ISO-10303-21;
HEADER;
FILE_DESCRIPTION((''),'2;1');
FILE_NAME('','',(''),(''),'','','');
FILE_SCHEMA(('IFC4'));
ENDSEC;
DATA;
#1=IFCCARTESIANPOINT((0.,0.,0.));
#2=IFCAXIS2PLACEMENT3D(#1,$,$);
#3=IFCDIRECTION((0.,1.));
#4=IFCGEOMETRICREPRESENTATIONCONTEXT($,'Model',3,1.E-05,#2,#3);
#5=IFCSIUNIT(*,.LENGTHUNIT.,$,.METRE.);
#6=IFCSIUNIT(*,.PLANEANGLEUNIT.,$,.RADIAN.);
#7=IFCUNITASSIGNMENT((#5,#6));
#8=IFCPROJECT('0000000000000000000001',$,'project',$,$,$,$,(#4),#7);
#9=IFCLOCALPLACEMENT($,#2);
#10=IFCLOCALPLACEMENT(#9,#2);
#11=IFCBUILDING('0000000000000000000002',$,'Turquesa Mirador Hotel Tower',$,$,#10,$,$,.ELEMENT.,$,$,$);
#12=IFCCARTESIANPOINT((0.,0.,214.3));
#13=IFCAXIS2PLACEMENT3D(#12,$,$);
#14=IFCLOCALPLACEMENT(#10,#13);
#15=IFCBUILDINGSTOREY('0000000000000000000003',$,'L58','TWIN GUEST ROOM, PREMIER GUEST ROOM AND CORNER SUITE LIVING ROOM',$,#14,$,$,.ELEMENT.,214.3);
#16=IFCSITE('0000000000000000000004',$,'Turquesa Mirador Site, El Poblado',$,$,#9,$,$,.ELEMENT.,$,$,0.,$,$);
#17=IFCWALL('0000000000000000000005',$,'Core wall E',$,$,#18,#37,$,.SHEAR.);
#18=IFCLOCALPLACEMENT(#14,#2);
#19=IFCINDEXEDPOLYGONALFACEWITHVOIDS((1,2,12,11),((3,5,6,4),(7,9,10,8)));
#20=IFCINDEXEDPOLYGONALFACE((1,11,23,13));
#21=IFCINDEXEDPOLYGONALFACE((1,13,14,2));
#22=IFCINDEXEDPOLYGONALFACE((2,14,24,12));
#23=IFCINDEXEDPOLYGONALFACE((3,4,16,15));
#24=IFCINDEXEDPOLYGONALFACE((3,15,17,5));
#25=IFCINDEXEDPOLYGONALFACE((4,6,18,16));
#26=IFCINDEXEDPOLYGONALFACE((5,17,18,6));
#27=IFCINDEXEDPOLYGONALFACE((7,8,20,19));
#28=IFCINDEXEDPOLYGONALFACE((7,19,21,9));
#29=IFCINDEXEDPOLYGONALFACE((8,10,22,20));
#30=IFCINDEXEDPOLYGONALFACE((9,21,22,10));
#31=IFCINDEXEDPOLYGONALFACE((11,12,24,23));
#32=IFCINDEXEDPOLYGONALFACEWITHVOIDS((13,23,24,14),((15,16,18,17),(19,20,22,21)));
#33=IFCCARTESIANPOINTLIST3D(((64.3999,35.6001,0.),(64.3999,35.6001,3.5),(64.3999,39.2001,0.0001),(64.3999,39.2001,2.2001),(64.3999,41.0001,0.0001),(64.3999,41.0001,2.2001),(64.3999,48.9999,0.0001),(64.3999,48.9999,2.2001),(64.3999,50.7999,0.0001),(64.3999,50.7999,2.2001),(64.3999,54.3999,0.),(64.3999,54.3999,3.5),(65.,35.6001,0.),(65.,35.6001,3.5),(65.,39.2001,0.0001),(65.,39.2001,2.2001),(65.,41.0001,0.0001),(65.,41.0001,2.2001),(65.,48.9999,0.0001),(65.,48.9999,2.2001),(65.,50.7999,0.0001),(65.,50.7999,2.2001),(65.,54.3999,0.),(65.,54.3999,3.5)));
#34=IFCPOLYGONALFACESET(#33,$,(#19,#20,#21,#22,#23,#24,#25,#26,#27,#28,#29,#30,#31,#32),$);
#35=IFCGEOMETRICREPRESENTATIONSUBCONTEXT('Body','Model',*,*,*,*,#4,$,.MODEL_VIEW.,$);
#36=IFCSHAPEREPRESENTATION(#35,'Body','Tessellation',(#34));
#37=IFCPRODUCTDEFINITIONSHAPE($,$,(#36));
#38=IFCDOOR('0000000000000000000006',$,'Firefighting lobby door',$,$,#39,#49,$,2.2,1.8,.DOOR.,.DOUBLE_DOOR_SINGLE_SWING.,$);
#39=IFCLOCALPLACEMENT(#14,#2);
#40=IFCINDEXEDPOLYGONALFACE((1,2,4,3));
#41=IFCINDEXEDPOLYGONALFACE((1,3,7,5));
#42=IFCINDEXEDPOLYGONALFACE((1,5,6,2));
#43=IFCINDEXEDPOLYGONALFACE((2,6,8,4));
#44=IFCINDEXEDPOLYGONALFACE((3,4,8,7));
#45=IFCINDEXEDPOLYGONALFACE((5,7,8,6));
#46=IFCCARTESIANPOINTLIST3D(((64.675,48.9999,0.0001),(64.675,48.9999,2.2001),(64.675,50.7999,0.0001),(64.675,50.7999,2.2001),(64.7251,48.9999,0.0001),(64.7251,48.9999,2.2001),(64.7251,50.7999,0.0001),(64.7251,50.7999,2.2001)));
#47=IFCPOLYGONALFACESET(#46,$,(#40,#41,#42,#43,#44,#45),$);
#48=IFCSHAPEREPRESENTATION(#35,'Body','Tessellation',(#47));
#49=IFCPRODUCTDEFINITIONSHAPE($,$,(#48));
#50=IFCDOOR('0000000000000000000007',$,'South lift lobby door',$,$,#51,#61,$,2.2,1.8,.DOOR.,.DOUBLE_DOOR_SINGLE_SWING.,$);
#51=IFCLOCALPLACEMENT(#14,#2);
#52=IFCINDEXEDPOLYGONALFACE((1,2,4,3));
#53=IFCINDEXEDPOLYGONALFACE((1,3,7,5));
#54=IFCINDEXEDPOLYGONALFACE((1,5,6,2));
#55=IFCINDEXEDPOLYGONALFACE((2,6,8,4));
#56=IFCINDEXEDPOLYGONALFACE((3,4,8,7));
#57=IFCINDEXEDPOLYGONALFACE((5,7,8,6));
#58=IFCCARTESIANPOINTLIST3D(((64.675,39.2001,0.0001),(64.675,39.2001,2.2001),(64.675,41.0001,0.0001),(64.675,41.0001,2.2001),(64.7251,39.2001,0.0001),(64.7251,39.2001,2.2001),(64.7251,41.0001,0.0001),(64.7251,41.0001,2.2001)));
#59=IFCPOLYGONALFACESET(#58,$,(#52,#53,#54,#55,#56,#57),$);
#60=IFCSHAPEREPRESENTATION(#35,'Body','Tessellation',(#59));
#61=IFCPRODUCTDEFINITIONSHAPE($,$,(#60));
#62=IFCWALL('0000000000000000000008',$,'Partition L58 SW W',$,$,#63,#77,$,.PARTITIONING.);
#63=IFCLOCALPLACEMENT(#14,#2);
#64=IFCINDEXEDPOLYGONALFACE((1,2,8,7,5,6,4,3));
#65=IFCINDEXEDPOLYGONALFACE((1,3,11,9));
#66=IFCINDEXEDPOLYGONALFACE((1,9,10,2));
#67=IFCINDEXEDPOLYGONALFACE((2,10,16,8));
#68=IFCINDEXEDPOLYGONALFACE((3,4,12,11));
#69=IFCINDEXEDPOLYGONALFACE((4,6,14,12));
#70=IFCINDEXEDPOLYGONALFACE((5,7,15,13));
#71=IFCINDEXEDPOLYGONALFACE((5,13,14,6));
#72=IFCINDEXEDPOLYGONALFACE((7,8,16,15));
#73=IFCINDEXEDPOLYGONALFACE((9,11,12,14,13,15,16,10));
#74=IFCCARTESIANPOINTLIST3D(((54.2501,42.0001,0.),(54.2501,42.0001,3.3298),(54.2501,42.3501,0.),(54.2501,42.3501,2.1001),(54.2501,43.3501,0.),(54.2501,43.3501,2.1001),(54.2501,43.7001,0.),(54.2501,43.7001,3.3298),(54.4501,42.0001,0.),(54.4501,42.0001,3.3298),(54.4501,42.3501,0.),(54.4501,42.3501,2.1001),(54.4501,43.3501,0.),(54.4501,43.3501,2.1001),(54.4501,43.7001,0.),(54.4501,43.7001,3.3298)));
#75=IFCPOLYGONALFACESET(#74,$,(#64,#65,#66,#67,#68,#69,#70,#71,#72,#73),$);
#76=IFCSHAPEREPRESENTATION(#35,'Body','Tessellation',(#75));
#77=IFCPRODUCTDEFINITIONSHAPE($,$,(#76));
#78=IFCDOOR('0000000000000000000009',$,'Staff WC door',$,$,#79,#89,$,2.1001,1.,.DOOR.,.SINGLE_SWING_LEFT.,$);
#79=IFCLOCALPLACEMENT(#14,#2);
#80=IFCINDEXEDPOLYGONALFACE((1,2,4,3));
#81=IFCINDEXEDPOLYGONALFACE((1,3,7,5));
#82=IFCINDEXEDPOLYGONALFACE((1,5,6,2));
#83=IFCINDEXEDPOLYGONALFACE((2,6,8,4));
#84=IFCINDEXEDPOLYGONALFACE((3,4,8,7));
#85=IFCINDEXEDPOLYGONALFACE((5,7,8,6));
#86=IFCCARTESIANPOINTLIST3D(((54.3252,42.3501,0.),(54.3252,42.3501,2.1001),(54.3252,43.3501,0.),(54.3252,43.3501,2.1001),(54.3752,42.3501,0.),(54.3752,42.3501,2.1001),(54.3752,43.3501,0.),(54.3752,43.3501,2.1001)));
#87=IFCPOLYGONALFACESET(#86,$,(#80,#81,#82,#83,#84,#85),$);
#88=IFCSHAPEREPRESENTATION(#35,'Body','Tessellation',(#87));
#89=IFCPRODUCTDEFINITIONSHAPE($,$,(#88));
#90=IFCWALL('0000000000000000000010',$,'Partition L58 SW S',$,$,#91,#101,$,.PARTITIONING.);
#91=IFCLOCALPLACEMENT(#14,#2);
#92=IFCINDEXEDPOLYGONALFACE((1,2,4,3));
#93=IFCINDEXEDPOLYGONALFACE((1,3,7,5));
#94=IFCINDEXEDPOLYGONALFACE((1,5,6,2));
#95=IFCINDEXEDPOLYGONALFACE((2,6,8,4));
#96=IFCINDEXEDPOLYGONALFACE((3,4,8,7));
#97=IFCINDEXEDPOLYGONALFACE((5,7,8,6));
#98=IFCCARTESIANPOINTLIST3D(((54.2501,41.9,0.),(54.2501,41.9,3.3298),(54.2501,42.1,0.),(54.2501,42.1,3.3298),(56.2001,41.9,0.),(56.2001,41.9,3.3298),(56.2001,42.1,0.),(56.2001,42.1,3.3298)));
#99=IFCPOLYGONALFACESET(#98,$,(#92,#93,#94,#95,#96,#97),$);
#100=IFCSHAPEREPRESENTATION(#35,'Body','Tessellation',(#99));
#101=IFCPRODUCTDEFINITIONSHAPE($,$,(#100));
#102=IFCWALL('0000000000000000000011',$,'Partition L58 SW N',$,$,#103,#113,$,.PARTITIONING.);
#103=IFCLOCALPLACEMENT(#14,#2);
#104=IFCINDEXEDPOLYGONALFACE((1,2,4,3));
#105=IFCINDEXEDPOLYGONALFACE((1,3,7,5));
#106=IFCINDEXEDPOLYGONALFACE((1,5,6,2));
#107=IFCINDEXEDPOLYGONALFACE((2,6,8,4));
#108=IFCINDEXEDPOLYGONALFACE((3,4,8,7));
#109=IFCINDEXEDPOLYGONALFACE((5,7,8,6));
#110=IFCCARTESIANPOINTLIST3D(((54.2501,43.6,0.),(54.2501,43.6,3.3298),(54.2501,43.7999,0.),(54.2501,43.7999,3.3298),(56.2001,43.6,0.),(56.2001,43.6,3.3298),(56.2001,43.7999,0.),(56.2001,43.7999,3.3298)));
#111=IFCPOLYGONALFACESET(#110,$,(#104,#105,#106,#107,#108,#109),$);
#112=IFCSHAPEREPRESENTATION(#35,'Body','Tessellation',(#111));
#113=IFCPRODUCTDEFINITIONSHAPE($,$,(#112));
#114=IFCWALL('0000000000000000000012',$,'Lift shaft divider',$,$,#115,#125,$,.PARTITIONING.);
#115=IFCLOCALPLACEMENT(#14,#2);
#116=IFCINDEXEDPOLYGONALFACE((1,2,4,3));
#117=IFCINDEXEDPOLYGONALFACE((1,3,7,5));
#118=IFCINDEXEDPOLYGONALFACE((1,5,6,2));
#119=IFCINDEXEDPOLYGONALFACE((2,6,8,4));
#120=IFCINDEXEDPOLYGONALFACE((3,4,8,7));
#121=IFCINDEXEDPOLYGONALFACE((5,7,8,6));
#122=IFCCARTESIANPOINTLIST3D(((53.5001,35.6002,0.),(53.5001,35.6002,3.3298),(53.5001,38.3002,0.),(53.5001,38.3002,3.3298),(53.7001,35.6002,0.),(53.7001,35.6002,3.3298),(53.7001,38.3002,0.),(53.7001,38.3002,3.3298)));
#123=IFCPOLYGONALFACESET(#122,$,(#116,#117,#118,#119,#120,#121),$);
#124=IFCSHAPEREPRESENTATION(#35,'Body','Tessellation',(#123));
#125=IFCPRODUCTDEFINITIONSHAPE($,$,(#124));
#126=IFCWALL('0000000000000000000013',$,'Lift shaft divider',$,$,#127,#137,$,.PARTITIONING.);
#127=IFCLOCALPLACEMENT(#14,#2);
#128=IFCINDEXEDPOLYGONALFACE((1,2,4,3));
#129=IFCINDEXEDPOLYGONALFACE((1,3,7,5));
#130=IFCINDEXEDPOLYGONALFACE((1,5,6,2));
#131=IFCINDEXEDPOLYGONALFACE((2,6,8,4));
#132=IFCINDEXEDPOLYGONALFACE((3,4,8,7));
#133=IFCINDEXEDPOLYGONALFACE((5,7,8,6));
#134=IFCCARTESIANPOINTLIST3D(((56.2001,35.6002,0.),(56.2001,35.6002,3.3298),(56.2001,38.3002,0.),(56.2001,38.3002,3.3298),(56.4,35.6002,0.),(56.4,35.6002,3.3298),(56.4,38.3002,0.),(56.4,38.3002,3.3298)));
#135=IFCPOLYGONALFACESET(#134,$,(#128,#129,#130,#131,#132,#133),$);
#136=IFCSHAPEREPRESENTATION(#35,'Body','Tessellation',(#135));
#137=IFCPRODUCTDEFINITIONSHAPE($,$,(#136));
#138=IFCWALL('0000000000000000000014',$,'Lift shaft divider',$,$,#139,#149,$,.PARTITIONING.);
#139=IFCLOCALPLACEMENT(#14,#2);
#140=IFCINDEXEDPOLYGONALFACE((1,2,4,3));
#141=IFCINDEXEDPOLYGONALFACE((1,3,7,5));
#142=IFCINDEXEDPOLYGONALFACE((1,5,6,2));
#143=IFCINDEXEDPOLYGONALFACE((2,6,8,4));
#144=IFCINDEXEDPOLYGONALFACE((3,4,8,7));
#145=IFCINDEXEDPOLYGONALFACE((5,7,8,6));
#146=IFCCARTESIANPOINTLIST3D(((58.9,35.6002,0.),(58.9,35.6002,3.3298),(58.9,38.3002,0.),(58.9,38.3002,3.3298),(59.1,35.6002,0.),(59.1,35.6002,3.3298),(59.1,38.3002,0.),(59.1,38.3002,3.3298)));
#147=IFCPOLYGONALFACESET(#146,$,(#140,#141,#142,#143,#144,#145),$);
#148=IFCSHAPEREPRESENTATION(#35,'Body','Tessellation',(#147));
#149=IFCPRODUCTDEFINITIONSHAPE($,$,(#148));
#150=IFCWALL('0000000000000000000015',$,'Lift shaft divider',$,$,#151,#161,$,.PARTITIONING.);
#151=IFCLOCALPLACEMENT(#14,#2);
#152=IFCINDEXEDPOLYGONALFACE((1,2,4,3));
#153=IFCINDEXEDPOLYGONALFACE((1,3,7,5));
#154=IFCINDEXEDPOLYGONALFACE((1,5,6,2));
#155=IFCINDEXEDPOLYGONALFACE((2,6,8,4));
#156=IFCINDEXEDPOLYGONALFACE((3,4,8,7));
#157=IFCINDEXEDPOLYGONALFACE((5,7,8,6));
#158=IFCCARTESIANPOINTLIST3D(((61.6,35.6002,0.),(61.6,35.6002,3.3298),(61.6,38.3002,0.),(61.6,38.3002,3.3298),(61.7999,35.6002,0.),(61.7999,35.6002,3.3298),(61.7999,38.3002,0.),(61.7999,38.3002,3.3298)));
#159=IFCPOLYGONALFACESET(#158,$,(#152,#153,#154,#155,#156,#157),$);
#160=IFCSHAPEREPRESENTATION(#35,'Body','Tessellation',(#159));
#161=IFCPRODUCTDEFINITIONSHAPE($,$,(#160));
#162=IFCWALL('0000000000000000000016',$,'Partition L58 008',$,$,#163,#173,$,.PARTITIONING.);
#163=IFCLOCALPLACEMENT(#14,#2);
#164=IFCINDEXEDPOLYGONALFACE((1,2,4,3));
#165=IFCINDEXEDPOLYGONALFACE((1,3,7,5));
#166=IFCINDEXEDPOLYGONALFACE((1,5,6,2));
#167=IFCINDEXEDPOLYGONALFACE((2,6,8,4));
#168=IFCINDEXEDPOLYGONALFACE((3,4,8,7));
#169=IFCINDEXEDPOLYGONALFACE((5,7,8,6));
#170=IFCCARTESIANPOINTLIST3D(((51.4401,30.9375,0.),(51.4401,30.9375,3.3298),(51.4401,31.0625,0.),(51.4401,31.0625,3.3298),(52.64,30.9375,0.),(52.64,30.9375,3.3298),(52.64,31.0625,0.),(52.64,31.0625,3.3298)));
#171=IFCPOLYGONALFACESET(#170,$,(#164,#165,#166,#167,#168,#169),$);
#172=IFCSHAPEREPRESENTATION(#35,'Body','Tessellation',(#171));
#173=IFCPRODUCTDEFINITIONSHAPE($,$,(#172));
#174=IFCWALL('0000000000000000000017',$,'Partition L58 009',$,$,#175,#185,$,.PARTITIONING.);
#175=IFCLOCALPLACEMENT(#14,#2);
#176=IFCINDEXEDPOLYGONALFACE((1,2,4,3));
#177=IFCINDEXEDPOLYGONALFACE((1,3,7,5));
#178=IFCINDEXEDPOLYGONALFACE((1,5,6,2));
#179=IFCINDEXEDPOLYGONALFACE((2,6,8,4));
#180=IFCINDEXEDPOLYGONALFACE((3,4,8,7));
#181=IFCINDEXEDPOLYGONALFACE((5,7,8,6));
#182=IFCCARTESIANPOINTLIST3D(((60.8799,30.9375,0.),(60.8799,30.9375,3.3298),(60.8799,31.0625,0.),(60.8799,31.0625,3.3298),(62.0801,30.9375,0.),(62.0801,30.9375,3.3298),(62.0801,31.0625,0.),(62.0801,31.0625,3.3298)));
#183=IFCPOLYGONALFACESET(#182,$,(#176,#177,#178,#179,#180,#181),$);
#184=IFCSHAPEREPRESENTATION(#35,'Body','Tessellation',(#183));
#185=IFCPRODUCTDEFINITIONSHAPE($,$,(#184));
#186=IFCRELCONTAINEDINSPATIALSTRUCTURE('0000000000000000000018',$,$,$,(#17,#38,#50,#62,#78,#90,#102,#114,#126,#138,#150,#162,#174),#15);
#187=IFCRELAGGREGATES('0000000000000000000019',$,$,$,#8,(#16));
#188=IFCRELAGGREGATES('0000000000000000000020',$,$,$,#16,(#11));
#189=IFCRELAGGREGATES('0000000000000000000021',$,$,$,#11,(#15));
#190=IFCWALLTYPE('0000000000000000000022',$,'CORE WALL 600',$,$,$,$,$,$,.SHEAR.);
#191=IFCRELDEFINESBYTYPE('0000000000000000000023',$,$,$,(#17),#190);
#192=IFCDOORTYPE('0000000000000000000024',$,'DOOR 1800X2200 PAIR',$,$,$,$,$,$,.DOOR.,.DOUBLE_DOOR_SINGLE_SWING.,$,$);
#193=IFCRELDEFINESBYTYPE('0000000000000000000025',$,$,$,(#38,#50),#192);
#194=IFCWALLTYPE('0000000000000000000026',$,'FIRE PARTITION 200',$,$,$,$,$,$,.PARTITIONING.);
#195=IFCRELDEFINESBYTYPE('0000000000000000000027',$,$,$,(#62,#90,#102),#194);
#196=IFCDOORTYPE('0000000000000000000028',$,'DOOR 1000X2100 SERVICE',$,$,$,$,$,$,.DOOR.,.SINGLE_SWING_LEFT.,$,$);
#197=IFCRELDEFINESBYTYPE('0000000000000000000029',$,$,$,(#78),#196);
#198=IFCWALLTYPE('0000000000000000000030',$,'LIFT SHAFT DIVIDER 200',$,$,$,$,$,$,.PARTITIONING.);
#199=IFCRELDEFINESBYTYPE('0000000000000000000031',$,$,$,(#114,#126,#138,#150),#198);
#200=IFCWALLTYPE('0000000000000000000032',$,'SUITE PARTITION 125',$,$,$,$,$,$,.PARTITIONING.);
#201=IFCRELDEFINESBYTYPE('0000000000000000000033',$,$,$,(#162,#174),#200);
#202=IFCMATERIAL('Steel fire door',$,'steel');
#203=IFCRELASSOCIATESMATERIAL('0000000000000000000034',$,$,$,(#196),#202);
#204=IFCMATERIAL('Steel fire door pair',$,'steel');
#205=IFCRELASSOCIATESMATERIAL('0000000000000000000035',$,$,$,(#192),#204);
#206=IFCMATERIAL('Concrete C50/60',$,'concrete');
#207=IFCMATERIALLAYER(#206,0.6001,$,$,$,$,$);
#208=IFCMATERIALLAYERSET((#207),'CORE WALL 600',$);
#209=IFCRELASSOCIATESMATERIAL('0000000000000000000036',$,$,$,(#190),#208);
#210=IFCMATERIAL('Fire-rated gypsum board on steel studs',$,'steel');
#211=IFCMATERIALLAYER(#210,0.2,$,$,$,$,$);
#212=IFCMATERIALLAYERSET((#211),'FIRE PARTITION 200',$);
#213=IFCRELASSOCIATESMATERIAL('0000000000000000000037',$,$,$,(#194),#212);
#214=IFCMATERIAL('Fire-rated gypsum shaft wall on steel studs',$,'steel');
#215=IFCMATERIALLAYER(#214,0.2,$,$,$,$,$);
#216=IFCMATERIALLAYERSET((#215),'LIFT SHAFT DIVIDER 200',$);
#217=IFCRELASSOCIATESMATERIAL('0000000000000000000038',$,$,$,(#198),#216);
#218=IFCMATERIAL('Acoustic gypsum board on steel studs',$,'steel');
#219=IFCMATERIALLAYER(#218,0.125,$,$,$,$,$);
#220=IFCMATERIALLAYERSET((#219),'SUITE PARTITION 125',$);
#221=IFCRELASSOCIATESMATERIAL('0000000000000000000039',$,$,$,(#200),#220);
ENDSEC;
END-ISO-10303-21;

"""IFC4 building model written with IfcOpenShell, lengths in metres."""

from ifc_helpers import new_model, si_unit, direction, frame, frame_2d, origin, place, context, subcontext, project, spatial, rectangle, extrude, material, layer, layer_set, type_object, element, fill, save


model = new_model("IFC4")

# Units and contexts
model_context = context("Model", 3, precision=1e-05, world=origin(), true_north=direction((0.0, 1.0)))
body_context = subcontext(model_context, "Body", "Model", "MODEL_VIEW")
ifc_project = project(units=[si_unit("LENGTHUNIT", "METRE"), si_unit("PLANEANGLEUNIT", "RADIAN")], contexts=[model_context])

# Site, building, storey
site_placement = place(None, origin())
site = spatial("IfcSite", under=ifc_project, at=site_placement, Name="Turquesa Mirador Site, El Poblado", CompositionType="ELEMENT", RefElevation=0.0)
building_placement = place(site_placement, origin())
building = spatial("IfcBuilding", under=site, at=building_placement, Name="Turquesa Mirador Hotel Tower", CompositionType="ELEMENT")
storey_placement = place(building_placement, frame((0.0, 0.0, 214.3)))
storey = spatial("IfcBuildingStorey", under=building, at=storey_placement, Name="L58", Description="TWIN GUEST ROOM, PREMIER GUEST ROOM AND CORNER SUITE LIVING ROOM", CompositionType="ELEMENT", Elevation=214.3)

# Shared definitions
ifc_material_1 = material(Name="Steel fire door", Category="steel")
door_type_1 = type_object("IfcDoorType", Name="DOOR 1000X2100 SERVICE", OperationType="SINGLE_SWING_LEFT", PredefinedType="DOOR", material=ifc_material_1)
ifc_material_2 = material(Name="Steel fire door pair", Category="steel")
door_type_2 = type_object("IfcDoorType", Name="DOOR 1800X2200 PAIR", OperationType="DOUBLE_DOOR_SINGLE_SWING", PredefinedType="DOOR", material=ifc_material_2)

# Wall, openings, doors
ifc_material_3 = material(Name="Concrete C50/60", Category="concrete")
ifc_layer_1 = layer(ifc_material_3, 0.6001)
ifc_layer_set_1 = layer_set([ifc_layer_1], Name="CORE WALL 600")
wall_type_1 = type_object("IfcWallType", Name="CORE WALL 600", PredefinedType="SHEAR", material=ifc_layer_set_1)
wall_1_placement = place(storey_placement, frame((64.7, 35.6001, 0.0), z_axis=(0.0, 0.0, 1.0), x_axis=(0.0, 1.0, 0.0)))
wall_1 = element("IfcWall", 1, at=wall_1_placement, inside=storey, type_object=wall_type_1, Name="Core wall E", PredefinedType="SHEAR", context=body_context, shape_type="SweptSolid", body=[
    extrude(rectangle(XDim=18.7998, YDim=0.6001, at=frame_2d((9.3999, 0.0))), origin(), (0.0, 0.0, 1.0), 3.5),
])
opening_1_placement = place(wall_1_placement, frame((13.3999, 0.0, 0.0)))
opening_1 = element("IfcOpeningElement", 2, at=opening_1_placement, cuts=wall_1, PredefinedType="OPENING", context=body_context, shape_type="SweptSolid", body=[
    extrude(rectangle(XDim=1.8, YDim=2.2, at=frame_2d((0.8999, 1.1001))), frame((0.0, 0.3101, 0.0), z_axis=(0.0, -1.0, 0.0), x_axis=(1.0, 0.0, 0.0)), (0.0, 0.0, 1.0), 0.6201),
])
opening_2_placement = place(wall_1_placement, frame((3.6001, 0.0, 0.0)))
opening_2 = element("IfcOpeningElement", 3, at=opening_2_placement, cuts=wall_1, PredefinedType="OPENING", context=body_context, shape_type="SweptSolid", body=[
    extrude(rectangle(XDim=1.8, YDim=2.2, at=frame_2d((0.8999, 1.1001))), frame((0.0, 0.3101, 0.0), z_axis=(0.0, -1.0, 0.0), x_axis=(1.0, 0.0, 0.0)), (0.0, 0.0, 1.0), 0.6201),
])
door_1_placement = place(opening_1_placement, origin())
door_1 = element("IfcDoor", 4, at=door_1_placement, inside=storey, type_object=door_type_2, Name="Firefighting lobby door", OperationType="DOUBLE_DOOR_SINGLE_SWING", OverallHeight=2.2, OverallWidth=1.8, PredefinedType="DOOR", context=body_context, shape_type="SweptSolid", body=[
    extrude(rectangle(XDim=1.8, YDim=2.2, at=frame_2d((0.8999, 1.1001))), frame((0.0, 0.0249, 0.0), z_axis=(0.0, -1.0, 0.0), x_axis=(1.0, 0.0, 0.0)), (0.0, 0.0, 1.0), 0.05),
])
fill(opening_1, door_1)
door_2_placement = place(opening_2_placement, origin())
door_2 = element("IfcDoor", 5, at=door_2_placement, inside=storey, type_object=door_type_2, Name="South lift lobby door", OperationType="DOUBLE_DOOR_SINGLE_SWING", OverallHeight=2.2, OverallWidth=1.8, PredefinedType="DOOR", context=body_context, shape_type="SweptSolid", body=[
    extrude(rectangle(XDim=1.8, YDim=2.2, at=frame_2d((0.8999, 1.1001))), frame((0.0, 0.0249, 0.0), z_axis=(0.0, -1.0, 0.0), x_axis=(1.0, 0.0, 0.0)), (0.0, 0.0, 1.0), 0.05),
])
fill(opening_2, door_2)

# Wall, opening, door
ifc_material_4 = material(Name="Fire-rated gypsum board on steel studs", Category="steel")
ifc_layer_2 = layer(ifc_material_4, 0.2)
ifc_layer_set_2 = layer_set([ifc_layer_2], Name="FIRE PARTITION 200")
wall_type_2 = type_object("IfcWallType", Name="FIRE PARTITION 200", PredefinedType="PARTITIONING", material=ifc_layer_set_2)
wall_2_placement = place(storey_placement, frame((54.3501, 42.0, 0.0), z_axis=(0.0, 0.0, 1.0), x_axis=(0.0, 1.0, 0.0)))
wall_2 = element("IfcWall", 6, at=wall_2_placement, inside=storey, type_object=wall_type_2, Name="Partition L58 SW W", PredefinedType="PARTITIONING", context=body_context, shape_type="SweptSolid", body=[
    extrude(rectangle(XDim=1.7, YDim=0.2, at=frame_2d((0.8501, 0.0))), origin(), (0.0, 0.0, 1.0), 3.3298),
])
opening_3_placement = place(wall_2_placement, frame((0.3501, 0.0, 0.0)))
opening_3 = element("IfcOpeningElement", 7, at=opening_3_placement, cuts=wall_2, PredefinedType="OPENING", context=body_context, shape_type="SweptSolid", body=[
    extrude(rectangle(XDim=1.0, YDim=2.1001, at=frame_2d((0.5, 1.05))), frame((0.0, 0.1099, 0.0), z_axis=(0.0, -1.0, 0.0), x_axis=(1.0, 0.0, 0.0)), (0.0, 0.0, 1.0), 0.22),
])
door_3_placement = place(opening_3_placement, origin())
door_3 = element("IfcDoor", 8, at=door_3_placement, inside=storey, type_object=door_type_1, Name="Staff WC door", OperationType="SINGLE_SWING_LEFT", OverallHeight=2.1001, OverallWidth=1.0, PredefinedType="DOOR", context=body_context, shape_type="SweptSolid", body=[
    extrude(rectangle(XDim=1.0, YDim=2.1001, at=frame_2d((0.5, 1.05))), frame((0.0, 0.0249, 0.0), z_axis=(0.0, -1.0, 0.0), x_axis=(1.0, 0.0, 0.0)), (0.0, 0.0, 1.0), 0.05),
])
fill(opening_3, door_3)

# Walls
for number, where, z_axis, x_axis, name in (
    (9, (54.25, 42.0, 0.0), (0.0, 0.0, 1.0), (1.0, 0.0, 0.0), "Partition L58 SW S"),
    (10, (54.25, 43.7, 0.0), (0.0, 0.0, 1.0), (1.0, 0.0, 0.0), "Partition L58 SW N"),
):
    element("IfcWall", number, at=place(storey_placement, frame(where, z_axis=z_axis, x_axis=x_axis)), inside=storey, type_object=wall_type_2, Name=name, PredefinedType="PARTITIONING", context=body_context, shape_type="SweptSolid", body=[
        extrude(rectangle(XDim=1.95, YDim=0.2, at=frame_2d((0.9751, 0.0))), origin(), (0.0, 0.0, 1.0), 3.3298),
    ])
ifc_material_5 = material(Name="Fire-rated gypsum shaft wall on steel studs", Category="steel")
ifc_layer_3 = layer(ifc_material_5, 0.2)
ifc_layer_set_3 = layer_set([ifc_layer_3], Name="LIFT SHAFT DIVIDER 200")
wall_type_3 = type_object("IfcWallType", Name="LIFT SHAFT DIVIDER 200", PredefinedType="PARTITIONING", material=ifc_layer_set_3)
for number, where, z_axis, x_axis, name in (
    (11, (53.6001, 35.6001, 0.0), (0.0, 0.0, 1.0), (0.0, 1.0, 0.0), "Lift shaft divider"),
    (12, (56.3, 35.6001, 0.0), (0.0, 0.0, 1.0), (0.0, 1.0, 0.0), "Lift shaft divider"),
    (13, (59.0, 35.6001, 0.0), (0.0, 0.0, 1.0), (0.0, 1.0, 0.0), "Lift shaft divider"),
    (14, (61.7, 35.6001, 0.0), (0.0, 0.0, 1.0), (0.0, 1.0, 0.0), "Lift shaft divider"),
):
    element("IfcWall", number, at=place(storey_placement, frame(where, z_axis=z_axis, x_axis=x_axis)), inside=storey, type_object=wall_type_3, Name=name, PredefinedType="PARTITIONING", context=body_context, shape_type="SweptSolid", body=[
        extrude(rectangle(XDim=2.7, YDim=0.2, at=frame_2d((1.3501, 0.0))), origin(), (0.0, 0.0, 1.0), 3.3298),
    ])
ifc_material_6 = material(Name="Acoustic gypsum board on steel studs", Category="steel")
ifc_layer_4 = layer(ifc_material_6, 0.125)
ifc_layer_set_4 = layer_set([ifc_layer_4], Name="SUITE PARTITION 125")
wall_type_4 = type_object("IfcWallType", Name="SUITE PARTITION 125", PredefinedType="PARTITIONING", material=ifc_layer_set_4)
wall_3_placement = place(storey_placement, frame((51.4399, 31.0, 0.0), z_axis=(0.0, 0.0, 1.0), x_axis=(1.0, 0.0, 0.0)))
element("IfcWall", 15, at=wall_3_placement, inside=storey, type_object=wall_type_4, Name="Partition L58 008", PredefinedType="PARTITIONING", context=body_context, shape_type="SweptSolid", body=[
    extrude(rectangle(XDim=1.2, YDim=0.125, at=frame_2d((0.6001, 0.0))), origin(), (0.0, 0.0, 1.0), 3.3298),
])
wall_4_placement = place(storey_placement, frame((60.8799, 31.0, 0.0), z_axis=(0.0, 0.0, 1.0), x_axis=(1.0, 0.0, 0.0)))
element("IfcWall", 16, at=wall_4_placement, inside=storey, type_object=wall_type_4, Name="Partition L58 009", PredefinedType="PARTITIONING", context=body_context, shape_type="SweptSolid", body=[
    extrude(rectangle(XDim=1.2002, YDim=0.125, at=frame_2d((0.6001, 0.0))), origin(), (0.0, 0.0, 1.0), 3.3298),
])

save(model, "model.ifc")
